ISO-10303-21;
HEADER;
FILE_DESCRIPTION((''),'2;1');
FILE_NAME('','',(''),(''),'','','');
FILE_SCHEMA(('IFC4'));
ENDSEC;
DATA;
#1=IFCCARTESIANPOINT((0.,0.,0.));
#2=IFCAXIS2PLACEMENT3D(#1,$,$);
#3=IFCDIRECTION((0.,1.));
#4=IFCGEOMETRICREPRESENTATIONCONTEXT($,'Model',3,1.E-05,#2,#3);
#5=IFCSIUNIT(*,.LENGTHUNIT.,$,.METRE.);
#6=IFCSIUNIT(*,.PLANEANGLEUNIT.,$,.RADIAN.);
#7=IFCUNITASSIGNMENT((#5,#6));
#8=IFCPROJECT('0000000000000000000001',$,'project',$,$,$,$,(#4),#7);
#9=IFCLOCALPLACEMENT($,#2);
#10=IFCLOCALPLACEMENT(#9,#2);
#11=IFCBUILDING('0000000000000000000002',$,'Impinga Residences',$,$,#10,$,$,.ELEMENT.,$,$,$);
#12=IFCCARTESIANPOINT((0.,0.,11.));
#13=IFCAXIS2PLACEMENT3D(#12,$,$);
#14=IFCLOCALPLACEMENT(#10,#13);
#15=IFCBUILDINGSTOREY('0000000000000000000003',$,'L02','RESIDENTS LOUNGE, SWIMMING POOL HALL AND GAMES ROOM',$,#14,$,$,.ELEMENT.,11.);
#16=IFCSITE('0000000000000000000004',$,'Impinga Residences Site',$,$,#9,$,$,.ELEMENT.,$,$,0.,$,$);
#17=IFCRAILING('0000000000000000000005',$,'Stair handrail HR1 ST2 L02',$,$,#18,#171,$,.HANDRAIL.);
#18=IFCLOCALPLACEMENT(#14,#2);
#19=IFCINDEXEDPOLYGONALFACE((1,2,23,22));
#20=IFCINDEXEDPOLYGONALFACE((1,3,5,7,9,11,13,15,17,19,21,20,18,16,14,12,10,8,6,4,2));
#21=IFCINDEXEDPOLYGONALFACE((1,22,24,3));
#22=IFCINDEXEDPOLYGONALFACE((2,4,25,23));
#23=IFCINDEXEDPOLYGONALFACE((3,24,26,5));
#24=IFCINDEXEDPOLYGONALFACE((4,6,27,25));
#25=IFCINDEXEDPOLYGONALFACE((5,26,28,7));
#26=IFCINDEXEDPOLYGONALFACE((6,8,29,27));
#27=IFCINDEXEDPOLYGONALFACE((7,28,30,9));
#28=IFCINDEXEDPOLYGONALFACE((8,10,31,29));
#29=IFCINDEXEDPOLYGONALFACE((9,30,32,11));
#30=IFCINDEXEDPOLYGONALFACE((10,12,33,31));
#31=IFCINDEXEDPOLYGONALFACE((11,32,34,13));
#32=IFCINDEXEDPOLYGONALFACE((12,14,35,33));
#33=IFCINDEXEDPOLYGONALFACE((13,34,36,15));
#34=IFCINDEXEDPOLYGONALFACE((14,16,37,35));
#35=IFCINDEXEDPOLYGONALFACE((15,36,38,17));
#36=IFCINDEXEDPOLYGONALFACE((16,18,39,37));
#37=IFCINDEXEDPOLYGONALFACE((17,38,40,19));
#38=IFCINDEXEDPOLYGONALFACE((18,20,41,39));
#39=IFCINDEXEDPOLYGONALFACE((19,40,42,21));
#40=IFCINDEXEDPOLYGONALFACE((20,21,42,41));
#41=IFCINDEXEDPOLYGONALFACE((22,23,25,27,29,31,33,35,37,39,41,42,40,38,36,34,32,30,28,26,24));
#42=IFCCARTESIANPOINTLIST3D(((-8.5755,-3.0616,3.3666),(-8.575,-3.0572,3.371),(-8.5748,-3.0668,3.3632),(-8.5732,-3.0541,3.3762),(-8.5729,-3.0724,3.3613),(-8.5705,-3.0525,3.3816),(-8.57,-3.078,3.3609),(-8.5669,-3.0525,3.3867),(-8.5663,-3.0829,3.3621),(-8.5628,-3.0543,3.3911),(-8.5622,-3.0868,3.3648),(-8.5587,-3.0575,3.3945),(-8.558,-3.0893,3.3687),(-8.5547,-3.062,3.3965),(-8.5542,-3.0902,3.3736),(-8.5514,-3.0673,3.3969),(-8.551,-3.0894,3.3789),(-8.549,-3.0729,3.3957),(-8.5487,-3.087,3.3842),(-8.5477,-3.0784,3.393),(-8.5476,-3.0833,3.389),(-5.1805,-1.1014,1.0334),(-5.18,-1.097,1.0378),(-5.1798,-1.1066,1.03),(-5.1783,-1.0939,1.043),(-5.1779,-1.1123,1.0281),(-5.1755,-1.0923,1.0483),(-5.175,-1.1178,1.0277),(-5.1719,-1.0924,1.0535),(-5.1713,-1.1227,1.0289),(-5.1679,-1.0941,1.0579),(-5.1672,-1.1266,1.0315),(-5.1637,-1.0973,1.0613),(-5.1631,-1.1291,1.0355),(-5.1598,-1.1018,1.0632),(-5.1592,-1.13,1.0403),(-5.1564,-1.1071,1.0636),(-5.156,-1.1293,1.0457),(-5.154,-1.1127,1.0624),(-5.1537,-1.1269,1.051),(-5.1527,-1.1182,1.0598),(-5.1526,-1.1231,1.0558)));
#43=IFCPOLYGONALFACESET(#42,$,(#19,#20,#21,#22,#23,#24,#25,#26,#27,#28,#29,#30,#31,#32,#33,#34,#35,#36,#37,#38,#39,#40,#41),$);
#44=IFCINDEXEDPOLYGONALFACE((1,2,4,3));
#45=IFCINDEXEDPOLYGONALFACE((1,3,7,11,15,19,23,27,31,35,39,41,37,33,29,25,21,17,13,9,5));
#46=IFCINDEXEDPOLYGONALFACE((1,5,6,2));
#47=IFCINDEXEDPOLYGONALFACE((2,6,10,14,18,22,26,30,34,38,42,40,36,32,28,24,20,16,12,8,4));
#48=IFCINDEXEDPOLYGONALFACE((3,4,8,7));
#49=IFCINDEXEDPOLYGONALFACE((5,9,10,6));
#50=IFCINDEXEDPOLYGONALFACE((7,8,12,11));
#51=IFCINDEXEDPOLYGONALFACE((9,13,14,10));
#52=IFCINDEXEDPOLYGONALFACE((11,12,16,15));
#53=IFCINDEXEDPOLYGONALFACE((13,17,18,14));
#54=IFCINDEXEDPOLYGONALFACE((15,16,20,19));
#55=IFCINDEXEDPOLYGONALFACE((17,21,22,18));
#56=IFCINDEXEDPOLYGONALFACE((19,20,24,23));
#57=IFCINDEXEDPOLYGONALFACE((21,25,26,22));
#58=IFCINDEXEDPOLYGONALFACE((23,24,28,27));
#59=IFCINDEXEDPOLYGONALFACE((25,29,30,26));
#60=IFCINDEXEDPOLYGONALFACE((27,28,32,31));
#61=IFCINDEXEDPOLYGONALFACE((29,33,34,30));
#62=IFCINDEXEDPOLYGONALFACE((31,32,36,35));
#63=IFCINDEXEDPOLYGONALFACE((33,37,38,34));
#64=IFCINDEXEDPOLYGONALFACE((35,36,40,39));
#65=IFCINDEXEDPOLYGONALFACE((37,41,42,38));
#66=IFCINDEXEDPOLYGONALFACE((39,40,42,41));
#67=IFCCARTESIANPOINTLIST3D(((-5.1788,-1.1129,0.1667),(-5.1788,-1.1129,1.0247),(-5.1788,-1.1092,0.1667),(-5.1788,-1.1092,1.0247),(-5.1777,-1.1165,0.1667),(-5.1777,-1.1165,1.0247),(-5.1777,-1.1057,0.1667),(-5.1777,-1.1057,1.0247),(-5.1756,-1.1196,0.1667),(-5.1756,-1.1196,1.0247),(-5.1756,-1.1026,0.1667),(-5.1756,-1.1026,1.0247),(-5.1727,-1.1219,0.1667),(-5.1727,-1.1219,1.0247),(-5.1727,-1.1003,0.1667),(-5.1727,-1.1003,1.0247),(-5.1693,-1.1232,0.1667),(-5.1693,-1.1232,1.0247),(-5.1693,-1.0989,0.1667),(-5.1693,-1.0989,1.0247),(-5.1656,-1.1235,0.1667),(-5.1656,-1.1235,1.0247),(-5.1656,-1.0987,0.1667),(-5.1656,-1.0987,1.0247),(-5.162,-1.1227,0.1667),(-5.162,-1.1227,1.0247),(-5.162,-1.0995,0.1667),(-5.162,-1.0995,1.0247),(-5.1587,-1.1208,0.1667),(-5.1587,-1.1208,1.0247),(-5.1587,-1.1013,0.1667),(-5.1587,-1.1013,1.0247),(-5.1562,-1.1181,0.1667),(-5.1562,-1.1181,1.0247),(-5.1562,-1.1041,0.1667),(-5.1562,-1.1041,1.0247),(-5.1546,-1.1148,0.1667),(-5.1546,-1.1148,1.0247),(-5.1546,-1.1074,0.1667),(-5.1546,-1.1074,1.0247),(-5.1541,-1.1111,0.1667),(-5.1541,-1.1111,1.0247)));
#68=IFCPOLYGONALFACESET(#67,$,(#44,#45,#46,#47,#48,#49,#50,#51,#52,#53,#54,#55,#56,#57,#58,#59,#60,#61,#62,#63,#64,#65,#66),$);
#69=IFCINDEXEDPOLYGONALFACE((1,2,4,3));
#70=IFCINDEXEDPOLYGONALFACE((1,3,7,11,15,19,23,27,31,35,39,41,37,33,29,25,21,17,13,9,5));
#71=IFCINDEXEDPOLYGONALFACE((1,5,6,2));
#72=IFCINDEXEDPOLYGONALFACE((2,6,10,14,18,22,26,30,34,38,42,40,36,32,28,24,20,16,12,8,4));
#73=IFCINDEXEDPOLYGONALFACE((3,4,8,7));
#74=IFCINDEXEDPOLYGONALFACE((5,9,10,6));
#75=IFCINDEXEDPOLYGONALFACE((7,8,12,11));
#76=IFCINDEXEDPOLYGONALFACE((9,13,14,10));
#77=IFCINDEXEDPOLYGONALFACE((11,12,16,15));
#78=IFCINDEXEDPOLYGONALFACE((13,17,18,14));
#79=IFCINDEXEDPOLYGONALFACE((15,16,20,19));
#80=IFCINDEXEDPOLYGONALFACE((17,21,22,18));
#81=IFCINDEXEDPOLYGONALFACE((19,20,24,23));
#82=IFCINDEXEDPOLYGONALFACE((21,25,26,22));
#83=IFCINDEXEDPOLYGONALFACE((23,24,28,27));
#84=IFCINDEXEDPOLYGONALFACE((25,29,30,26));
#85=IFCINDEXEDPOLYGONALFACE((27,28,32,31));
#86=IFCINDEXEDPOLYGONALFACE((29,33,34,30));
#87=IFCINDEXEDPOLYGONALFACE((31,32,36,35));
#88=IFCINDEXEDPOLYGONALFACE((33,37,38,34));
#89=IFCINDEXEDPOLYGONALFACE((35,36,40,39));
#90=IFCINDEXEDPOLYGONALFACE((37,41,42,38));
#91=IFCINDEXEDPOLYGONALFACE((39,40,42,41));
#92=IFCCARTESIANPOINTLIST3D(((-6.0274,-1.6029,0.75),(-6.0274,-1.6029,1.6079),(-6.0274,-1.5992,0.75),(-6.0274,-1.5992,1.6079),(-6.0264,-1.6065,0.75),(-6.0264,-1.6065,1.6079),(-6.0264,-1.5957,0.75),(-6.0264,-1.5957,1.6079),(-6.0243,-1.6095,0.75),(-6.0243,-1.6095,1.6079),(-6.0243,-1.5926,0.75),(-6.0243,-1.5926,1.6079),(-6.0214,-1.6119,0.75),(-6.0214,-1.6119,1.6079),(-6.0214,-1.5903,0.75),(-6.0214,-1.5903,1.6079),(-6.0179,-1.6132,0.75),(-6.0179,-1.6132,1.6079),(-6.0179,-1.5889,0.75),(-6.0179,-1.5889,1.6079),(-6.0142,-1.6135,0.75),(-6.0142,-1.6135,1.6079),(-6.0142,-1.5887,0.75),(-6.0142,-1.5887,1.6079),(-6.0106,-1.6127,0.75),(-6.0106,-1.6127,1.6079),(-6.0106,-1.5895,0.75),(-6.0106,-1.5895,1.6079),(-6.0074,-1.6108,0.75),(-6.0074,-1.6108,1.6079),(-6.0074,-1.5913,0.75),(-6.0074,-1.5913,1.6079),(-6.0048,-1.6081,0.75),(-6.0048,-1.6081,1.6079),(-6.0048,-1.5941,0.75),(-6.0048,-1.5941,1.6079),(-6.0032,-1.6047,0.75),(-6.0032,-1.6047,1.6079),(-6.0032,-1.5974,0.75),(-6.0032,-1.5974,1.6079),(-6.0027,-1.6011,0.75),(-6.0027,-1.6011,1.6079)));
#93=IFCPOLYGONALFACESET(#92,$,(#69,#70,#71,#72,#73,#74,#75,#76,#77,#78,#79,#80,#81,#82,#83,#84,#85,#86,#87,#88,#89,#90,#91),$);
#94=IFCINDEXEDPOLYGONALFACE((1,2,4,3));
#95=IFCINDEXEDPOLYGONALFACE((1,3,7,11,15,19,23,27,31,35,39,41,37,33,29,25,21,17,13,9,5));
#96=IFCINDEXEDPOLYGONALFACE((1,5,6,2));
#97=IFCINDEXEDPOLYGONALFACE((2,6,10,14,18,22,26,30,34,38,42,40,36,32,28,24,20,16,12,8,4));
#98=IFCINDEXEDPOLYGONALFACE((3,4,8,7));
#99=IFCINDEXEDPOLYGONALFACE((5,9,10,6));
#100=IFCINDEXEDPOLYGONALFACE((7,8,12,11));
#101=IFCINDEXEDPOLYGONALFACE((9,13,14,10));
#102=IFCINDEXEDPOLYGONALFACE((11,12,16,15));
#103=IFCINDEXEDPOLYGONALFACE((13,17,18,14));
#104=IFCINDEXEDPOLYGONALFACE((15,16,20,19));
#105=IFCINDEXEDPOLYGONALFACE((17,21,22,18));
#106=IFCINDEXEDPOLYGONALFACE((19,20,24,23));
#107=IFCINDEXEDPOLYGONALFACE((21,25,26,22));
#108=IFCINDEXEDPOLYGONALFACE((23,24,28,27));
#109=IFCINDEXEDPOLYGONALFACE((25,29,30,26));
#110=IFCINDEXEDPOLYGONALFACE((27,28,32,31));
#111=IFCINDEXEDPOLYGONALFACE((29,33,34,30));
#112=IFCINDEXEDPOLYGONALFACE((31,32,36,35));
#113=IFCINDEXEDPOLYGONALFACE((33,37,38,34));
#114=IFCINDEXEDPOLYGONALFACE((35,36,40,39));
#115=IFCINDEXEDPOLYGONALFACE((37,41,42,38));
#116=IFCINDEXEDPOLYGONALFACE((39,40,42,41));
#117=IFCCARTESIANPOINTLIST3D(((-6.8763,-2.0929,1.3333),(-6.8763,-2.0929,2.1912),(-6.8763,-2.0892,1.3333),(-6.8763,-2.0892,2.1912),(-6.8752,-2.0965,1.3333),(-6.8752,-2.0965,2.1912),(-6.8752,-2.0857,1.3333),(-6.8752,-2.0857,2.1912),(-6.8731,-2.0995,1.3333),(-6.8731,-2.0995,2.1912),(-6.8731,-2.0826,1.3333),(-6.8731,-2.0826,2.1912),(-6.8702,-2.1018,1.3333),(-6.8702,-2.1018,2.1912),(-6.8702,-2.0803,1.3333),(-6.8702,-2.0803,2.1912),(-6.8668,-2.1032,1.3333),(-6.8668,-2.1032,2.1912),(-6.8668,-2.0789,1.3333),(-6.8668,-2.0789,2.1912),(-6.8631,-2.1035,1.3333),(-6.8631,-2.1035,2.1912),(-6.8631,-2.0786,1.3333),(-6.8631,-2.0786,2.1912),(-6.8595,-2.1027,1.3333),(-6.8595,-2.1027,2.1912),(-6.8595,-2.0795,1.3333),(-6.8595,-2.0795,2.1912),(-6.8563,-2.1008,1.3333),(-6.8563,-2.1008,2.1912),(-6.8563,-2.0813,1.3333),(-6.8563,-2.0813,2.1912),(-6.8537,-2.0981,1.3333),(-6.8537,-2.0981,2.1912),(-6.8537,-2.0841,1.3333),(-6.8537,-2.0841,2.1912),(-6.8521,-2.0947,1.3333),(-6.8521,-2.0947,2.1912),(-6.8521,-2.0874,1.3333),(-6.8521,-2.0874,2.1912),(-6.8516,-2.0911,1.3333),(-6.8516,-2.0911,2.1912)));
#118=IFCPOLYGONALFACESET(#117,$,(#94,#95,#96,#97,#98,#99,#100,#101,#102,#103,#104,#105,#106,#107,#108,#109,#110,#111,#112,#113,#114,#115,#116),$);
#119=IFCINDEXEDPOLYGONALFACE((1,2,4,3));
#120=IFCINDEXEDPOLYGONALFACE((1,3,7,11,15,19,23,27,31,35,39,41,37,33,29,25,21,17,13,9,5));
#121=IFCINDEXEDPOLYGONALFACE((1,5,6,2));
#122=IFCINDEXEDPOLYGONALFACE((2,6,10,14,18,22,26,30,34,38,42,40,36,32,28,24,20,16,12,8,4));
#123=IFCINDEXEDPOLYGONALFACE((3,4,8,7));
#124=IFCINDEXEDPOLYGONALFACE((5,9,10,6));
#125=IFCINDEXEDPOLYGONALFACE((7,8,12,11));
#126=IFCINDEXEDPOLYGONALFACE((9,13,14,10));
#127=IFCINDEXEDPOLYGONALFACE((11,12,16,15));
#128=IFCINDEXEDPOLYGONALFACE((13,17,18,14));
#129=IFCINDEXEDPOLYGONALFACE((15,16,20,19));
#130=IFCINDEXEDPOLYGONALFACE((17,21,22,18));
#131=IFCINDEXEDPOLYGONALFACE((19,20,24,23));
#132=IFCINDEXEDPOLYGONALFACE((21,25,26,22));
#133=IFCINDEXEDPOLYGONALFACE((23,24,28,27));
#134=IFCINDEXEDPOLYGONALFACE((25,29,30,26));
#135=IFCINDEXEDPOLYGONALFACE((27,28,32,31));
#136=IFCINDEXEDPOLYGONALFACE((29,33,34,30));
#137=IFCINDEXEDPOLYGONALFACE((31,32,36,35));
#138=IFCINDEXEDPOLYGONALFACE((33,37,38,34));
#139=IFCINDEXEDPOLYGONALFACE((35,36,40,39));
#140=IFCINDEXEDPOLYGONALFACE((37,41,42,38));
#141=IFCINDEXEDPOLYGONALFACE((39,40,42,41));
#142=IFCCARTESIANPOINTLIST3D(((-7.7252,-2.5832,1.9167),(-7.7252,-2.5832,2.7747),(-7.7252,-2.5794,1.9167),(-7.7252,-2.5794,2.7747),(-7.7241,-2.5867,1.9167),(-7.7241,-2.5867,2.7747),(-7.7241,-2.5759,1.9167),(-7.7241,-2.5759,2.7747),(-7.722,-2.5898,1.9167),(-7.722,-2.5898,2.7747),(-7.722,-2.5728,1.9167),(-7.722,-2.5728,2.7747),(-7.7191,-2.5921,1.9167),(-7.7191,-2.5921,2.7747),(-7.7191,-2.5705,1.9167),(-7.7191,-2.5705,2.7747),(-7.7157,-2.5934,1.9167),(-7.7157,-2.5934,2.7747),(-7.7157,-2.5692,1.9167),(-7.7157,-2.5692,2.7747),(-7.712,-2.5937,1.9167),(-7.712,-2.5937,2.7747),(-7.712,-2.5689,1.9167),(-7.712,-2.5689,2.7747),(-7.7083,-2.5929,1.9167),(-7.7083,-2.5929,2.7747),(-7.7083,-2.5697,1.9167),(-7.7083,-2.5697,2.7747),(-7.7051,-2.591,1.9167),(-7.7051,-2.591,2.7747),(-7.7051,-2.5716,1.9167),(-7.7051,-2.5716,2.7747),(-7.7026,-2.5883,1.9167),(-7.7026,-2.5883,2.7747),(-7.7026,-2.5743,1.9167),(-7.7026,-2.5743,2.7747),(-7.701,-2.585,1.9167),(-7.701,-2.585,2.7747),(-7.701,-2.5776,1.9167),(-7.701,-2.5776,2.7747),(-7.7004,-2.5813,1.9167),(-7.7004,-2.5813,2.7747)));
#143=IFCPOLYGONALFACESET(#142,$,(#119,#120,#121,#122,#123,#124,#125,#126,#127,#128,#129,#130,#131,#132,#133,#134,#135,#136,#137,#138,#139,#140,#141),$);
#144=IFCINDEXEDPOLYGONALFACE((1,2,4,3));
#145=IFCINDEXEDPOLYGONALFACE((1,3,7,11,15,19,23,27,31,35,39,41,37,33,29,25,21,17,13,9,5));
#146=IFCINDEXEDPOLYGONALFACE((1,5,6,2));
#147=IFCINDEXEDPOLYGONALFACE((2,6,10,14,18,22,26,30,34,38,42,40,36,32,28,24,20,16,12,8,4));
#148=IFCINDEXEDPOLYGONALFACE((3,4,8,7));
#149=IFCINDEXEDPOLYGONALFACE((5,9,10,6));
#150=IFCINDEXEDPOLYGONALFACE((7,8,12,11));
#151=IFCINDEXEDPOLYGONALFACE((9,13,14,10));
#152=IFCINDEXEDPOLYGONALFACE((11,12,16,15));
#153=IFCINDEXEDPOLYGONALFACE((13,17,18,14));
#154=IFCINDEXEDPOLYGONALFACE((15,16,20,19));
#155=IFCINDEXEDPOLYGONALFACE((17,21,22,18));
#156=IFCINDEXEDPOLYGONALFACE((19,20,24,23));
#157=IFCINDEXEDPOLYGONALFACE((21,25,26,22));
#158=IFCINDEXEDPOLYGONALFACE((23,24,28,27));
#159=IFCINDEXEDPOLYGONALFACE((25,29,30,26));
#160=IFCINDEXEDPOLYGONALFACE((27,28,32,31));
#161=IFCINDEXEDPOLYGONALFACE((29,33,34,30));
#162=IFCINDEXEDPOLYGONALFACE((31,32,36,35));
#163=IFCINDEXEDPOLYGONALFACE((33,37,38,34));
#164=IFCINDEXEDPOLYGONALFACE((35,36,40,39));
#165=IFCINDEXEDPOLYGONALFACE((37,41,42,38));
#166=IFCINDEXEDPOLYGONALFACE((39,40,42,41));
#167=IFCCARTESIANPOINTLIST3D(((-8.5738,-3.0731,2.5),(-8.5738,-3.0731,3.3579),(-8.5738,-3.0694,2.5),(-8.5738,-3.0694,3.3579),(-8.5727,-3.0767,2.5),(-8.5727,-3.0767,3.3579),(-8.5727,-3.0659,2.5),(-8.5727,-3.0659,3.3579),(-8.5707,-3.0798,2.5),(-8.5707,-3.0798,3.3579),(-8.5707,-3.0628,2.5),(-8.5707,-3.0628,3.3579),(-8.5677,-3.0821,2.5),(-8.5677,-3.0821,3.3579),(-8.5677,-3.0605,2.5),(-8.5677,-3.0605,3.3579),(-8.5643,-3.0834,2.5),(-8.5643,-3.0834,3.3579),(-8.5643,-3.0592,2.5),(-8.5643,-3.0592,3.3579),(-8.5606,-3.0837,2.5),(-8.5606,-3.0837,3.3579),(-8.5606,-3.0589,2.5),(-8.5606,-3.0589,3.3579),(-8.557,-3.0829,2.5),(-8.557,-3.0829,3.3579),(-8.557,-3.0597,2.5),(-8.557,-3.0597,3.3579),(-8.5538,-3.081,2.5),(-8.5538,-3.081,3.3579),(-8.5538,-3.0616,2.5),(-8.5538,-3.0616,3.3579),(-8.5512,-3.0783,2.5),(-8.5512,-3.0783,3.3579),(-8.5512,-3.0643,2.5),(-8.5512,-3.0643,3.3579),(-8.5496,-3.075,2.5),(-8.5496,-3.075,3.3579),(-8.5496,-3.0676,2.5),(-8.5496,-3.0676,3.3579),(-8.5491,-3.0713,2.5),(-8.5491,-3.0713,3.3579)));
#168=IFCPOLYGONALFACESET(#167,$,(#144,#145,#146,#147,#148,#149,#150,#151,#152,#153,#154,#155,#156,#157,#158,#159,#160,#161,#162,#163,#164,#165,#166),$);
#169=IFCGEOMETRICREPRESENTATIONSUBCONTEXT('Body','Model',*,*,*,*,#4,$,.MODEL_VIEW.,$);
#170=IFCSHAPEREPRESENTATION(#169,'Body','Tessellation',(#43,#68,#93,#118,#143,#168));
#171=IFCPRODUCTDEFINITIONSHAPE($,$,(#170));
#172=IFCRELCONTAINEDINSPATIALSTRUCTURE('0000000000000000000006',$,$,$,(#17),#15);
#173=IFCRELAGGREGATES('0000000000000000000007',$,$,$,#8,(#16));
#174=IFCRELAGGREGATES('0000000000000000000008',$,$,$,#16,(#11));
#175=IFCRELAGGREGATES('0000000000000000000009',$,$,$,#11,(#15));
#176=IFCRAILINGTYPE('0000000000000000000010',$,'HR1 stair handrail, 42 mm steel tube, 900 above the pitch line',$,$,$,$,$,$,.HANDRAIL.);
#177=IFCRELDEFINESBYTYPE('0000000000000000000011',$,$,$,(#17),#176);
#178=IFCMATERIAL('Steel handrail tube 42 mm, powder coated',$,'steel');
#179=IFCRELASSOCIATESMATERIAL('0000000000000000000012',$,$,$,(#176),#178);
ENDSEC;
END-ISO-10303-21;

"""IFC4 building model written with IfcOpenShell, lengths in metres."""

from ifc_helpers import new_model, si_unit, direction, frame, origin, origin_2d, place, context, subcontext, project, spatial, circle, extrude, material, type_object, element, save


model = new_model("IFC4")

# Units and contexts
model_context = context("Model", 3, precision=1e-05, world=origin(), true_north=direction((0.0, 1.0)))
body_context = subcontext(model_context, "Body", "Model", "MODEL_VIEW")
ifc_project = project(units=[si_unit("LENGTHUNIT", "METRE"), si_unit("PLANEANGLEUNIT", "RADIAN")], contexts=[model_context])

# Site, building, storey
site_placement = place(None, origin())
site = spatial("IfcSite", under=ifc_project, at=site_placement, Name="Impinga Residences Site", CompositionType="ELEMENT", RefElevation=0.0)
building_placement = place(site_placement, origin())
building = spatial("IfcBuilding", under=site, at=building_placement, Name="Impinga Residences", CompositionType="ELEMENT")
storey_placement = place(building_placement, frame((0.0, 0.0, 11.0)))
storey = spatial("IfcBuildingStorey", under=building, at=storey_placement, Name="L02", Description="RESIDENTS LOUNGE, SWIMMING POOL HALL AND GAMES ROOM", CompositionType="ELEMENT", Elevation=11.0)

# Railing
ifc_material_1 = material(Name="Steel handrail tube 42 mm, powder coated", Category="steel")
railing_type = type_object("IfcRailingType", Name="HR1 stair handrail, 42 mm steel tube, 900 above the pitch line", PredefinedType="HANDRAIL", material=ifc_material_1)
railing_placement = place(storey_placement, frame((-5.1665, -1.1111, 0.1667)))
element("IfcRailing", 1, at=railing_placement, inside=storey, type_object=railing_type, Name="Stair handrail HR1 ST2 L02", PredefinedType="HANDRAIL", context=body_context, shape_type="SweptSolid", body=[
    extrude(circle(Radius=0.021, at=origin_2d()), frame((0.0, 0.0, 0.8789), z_axis=(-0.744181, -0.429673, 0.511444), x_axis=(0.500017, -0.866016, 0.0)), (0.0, 0.0, 1.0), 4.562),
    extrude(circle(Radius=0.0125, at=origin_2d()), origin(), (0.0, 0.0, 1.0), 0.8579),
    extrude(circle(Radius=0.0125, at=origin_2d()), frame((-0.8486, -0.49, 0.5833)), (0.0, 0.0, 1.0), 0.8579),
    extrude(circle(Radius=0.0125, at=origin_2d()), frame((-1.6975, -0.98, 1.1665)), (0.0, 0.0, 1.0), 0.8579),
    extrude(circle(Radius=0.0125, at=origin_2d()), frame((-2.5464, -1.4702, 1.75)), (0.0, 0.0, 1.0), 0.8579),
    extrude(circle(Radius=0.0125, at=origin_2d()), frame((-3.395, -1.9602, 2.3333)), (0.0, 0.0, 1.0), 0.8579),
])

save(model, "model.ifc")
